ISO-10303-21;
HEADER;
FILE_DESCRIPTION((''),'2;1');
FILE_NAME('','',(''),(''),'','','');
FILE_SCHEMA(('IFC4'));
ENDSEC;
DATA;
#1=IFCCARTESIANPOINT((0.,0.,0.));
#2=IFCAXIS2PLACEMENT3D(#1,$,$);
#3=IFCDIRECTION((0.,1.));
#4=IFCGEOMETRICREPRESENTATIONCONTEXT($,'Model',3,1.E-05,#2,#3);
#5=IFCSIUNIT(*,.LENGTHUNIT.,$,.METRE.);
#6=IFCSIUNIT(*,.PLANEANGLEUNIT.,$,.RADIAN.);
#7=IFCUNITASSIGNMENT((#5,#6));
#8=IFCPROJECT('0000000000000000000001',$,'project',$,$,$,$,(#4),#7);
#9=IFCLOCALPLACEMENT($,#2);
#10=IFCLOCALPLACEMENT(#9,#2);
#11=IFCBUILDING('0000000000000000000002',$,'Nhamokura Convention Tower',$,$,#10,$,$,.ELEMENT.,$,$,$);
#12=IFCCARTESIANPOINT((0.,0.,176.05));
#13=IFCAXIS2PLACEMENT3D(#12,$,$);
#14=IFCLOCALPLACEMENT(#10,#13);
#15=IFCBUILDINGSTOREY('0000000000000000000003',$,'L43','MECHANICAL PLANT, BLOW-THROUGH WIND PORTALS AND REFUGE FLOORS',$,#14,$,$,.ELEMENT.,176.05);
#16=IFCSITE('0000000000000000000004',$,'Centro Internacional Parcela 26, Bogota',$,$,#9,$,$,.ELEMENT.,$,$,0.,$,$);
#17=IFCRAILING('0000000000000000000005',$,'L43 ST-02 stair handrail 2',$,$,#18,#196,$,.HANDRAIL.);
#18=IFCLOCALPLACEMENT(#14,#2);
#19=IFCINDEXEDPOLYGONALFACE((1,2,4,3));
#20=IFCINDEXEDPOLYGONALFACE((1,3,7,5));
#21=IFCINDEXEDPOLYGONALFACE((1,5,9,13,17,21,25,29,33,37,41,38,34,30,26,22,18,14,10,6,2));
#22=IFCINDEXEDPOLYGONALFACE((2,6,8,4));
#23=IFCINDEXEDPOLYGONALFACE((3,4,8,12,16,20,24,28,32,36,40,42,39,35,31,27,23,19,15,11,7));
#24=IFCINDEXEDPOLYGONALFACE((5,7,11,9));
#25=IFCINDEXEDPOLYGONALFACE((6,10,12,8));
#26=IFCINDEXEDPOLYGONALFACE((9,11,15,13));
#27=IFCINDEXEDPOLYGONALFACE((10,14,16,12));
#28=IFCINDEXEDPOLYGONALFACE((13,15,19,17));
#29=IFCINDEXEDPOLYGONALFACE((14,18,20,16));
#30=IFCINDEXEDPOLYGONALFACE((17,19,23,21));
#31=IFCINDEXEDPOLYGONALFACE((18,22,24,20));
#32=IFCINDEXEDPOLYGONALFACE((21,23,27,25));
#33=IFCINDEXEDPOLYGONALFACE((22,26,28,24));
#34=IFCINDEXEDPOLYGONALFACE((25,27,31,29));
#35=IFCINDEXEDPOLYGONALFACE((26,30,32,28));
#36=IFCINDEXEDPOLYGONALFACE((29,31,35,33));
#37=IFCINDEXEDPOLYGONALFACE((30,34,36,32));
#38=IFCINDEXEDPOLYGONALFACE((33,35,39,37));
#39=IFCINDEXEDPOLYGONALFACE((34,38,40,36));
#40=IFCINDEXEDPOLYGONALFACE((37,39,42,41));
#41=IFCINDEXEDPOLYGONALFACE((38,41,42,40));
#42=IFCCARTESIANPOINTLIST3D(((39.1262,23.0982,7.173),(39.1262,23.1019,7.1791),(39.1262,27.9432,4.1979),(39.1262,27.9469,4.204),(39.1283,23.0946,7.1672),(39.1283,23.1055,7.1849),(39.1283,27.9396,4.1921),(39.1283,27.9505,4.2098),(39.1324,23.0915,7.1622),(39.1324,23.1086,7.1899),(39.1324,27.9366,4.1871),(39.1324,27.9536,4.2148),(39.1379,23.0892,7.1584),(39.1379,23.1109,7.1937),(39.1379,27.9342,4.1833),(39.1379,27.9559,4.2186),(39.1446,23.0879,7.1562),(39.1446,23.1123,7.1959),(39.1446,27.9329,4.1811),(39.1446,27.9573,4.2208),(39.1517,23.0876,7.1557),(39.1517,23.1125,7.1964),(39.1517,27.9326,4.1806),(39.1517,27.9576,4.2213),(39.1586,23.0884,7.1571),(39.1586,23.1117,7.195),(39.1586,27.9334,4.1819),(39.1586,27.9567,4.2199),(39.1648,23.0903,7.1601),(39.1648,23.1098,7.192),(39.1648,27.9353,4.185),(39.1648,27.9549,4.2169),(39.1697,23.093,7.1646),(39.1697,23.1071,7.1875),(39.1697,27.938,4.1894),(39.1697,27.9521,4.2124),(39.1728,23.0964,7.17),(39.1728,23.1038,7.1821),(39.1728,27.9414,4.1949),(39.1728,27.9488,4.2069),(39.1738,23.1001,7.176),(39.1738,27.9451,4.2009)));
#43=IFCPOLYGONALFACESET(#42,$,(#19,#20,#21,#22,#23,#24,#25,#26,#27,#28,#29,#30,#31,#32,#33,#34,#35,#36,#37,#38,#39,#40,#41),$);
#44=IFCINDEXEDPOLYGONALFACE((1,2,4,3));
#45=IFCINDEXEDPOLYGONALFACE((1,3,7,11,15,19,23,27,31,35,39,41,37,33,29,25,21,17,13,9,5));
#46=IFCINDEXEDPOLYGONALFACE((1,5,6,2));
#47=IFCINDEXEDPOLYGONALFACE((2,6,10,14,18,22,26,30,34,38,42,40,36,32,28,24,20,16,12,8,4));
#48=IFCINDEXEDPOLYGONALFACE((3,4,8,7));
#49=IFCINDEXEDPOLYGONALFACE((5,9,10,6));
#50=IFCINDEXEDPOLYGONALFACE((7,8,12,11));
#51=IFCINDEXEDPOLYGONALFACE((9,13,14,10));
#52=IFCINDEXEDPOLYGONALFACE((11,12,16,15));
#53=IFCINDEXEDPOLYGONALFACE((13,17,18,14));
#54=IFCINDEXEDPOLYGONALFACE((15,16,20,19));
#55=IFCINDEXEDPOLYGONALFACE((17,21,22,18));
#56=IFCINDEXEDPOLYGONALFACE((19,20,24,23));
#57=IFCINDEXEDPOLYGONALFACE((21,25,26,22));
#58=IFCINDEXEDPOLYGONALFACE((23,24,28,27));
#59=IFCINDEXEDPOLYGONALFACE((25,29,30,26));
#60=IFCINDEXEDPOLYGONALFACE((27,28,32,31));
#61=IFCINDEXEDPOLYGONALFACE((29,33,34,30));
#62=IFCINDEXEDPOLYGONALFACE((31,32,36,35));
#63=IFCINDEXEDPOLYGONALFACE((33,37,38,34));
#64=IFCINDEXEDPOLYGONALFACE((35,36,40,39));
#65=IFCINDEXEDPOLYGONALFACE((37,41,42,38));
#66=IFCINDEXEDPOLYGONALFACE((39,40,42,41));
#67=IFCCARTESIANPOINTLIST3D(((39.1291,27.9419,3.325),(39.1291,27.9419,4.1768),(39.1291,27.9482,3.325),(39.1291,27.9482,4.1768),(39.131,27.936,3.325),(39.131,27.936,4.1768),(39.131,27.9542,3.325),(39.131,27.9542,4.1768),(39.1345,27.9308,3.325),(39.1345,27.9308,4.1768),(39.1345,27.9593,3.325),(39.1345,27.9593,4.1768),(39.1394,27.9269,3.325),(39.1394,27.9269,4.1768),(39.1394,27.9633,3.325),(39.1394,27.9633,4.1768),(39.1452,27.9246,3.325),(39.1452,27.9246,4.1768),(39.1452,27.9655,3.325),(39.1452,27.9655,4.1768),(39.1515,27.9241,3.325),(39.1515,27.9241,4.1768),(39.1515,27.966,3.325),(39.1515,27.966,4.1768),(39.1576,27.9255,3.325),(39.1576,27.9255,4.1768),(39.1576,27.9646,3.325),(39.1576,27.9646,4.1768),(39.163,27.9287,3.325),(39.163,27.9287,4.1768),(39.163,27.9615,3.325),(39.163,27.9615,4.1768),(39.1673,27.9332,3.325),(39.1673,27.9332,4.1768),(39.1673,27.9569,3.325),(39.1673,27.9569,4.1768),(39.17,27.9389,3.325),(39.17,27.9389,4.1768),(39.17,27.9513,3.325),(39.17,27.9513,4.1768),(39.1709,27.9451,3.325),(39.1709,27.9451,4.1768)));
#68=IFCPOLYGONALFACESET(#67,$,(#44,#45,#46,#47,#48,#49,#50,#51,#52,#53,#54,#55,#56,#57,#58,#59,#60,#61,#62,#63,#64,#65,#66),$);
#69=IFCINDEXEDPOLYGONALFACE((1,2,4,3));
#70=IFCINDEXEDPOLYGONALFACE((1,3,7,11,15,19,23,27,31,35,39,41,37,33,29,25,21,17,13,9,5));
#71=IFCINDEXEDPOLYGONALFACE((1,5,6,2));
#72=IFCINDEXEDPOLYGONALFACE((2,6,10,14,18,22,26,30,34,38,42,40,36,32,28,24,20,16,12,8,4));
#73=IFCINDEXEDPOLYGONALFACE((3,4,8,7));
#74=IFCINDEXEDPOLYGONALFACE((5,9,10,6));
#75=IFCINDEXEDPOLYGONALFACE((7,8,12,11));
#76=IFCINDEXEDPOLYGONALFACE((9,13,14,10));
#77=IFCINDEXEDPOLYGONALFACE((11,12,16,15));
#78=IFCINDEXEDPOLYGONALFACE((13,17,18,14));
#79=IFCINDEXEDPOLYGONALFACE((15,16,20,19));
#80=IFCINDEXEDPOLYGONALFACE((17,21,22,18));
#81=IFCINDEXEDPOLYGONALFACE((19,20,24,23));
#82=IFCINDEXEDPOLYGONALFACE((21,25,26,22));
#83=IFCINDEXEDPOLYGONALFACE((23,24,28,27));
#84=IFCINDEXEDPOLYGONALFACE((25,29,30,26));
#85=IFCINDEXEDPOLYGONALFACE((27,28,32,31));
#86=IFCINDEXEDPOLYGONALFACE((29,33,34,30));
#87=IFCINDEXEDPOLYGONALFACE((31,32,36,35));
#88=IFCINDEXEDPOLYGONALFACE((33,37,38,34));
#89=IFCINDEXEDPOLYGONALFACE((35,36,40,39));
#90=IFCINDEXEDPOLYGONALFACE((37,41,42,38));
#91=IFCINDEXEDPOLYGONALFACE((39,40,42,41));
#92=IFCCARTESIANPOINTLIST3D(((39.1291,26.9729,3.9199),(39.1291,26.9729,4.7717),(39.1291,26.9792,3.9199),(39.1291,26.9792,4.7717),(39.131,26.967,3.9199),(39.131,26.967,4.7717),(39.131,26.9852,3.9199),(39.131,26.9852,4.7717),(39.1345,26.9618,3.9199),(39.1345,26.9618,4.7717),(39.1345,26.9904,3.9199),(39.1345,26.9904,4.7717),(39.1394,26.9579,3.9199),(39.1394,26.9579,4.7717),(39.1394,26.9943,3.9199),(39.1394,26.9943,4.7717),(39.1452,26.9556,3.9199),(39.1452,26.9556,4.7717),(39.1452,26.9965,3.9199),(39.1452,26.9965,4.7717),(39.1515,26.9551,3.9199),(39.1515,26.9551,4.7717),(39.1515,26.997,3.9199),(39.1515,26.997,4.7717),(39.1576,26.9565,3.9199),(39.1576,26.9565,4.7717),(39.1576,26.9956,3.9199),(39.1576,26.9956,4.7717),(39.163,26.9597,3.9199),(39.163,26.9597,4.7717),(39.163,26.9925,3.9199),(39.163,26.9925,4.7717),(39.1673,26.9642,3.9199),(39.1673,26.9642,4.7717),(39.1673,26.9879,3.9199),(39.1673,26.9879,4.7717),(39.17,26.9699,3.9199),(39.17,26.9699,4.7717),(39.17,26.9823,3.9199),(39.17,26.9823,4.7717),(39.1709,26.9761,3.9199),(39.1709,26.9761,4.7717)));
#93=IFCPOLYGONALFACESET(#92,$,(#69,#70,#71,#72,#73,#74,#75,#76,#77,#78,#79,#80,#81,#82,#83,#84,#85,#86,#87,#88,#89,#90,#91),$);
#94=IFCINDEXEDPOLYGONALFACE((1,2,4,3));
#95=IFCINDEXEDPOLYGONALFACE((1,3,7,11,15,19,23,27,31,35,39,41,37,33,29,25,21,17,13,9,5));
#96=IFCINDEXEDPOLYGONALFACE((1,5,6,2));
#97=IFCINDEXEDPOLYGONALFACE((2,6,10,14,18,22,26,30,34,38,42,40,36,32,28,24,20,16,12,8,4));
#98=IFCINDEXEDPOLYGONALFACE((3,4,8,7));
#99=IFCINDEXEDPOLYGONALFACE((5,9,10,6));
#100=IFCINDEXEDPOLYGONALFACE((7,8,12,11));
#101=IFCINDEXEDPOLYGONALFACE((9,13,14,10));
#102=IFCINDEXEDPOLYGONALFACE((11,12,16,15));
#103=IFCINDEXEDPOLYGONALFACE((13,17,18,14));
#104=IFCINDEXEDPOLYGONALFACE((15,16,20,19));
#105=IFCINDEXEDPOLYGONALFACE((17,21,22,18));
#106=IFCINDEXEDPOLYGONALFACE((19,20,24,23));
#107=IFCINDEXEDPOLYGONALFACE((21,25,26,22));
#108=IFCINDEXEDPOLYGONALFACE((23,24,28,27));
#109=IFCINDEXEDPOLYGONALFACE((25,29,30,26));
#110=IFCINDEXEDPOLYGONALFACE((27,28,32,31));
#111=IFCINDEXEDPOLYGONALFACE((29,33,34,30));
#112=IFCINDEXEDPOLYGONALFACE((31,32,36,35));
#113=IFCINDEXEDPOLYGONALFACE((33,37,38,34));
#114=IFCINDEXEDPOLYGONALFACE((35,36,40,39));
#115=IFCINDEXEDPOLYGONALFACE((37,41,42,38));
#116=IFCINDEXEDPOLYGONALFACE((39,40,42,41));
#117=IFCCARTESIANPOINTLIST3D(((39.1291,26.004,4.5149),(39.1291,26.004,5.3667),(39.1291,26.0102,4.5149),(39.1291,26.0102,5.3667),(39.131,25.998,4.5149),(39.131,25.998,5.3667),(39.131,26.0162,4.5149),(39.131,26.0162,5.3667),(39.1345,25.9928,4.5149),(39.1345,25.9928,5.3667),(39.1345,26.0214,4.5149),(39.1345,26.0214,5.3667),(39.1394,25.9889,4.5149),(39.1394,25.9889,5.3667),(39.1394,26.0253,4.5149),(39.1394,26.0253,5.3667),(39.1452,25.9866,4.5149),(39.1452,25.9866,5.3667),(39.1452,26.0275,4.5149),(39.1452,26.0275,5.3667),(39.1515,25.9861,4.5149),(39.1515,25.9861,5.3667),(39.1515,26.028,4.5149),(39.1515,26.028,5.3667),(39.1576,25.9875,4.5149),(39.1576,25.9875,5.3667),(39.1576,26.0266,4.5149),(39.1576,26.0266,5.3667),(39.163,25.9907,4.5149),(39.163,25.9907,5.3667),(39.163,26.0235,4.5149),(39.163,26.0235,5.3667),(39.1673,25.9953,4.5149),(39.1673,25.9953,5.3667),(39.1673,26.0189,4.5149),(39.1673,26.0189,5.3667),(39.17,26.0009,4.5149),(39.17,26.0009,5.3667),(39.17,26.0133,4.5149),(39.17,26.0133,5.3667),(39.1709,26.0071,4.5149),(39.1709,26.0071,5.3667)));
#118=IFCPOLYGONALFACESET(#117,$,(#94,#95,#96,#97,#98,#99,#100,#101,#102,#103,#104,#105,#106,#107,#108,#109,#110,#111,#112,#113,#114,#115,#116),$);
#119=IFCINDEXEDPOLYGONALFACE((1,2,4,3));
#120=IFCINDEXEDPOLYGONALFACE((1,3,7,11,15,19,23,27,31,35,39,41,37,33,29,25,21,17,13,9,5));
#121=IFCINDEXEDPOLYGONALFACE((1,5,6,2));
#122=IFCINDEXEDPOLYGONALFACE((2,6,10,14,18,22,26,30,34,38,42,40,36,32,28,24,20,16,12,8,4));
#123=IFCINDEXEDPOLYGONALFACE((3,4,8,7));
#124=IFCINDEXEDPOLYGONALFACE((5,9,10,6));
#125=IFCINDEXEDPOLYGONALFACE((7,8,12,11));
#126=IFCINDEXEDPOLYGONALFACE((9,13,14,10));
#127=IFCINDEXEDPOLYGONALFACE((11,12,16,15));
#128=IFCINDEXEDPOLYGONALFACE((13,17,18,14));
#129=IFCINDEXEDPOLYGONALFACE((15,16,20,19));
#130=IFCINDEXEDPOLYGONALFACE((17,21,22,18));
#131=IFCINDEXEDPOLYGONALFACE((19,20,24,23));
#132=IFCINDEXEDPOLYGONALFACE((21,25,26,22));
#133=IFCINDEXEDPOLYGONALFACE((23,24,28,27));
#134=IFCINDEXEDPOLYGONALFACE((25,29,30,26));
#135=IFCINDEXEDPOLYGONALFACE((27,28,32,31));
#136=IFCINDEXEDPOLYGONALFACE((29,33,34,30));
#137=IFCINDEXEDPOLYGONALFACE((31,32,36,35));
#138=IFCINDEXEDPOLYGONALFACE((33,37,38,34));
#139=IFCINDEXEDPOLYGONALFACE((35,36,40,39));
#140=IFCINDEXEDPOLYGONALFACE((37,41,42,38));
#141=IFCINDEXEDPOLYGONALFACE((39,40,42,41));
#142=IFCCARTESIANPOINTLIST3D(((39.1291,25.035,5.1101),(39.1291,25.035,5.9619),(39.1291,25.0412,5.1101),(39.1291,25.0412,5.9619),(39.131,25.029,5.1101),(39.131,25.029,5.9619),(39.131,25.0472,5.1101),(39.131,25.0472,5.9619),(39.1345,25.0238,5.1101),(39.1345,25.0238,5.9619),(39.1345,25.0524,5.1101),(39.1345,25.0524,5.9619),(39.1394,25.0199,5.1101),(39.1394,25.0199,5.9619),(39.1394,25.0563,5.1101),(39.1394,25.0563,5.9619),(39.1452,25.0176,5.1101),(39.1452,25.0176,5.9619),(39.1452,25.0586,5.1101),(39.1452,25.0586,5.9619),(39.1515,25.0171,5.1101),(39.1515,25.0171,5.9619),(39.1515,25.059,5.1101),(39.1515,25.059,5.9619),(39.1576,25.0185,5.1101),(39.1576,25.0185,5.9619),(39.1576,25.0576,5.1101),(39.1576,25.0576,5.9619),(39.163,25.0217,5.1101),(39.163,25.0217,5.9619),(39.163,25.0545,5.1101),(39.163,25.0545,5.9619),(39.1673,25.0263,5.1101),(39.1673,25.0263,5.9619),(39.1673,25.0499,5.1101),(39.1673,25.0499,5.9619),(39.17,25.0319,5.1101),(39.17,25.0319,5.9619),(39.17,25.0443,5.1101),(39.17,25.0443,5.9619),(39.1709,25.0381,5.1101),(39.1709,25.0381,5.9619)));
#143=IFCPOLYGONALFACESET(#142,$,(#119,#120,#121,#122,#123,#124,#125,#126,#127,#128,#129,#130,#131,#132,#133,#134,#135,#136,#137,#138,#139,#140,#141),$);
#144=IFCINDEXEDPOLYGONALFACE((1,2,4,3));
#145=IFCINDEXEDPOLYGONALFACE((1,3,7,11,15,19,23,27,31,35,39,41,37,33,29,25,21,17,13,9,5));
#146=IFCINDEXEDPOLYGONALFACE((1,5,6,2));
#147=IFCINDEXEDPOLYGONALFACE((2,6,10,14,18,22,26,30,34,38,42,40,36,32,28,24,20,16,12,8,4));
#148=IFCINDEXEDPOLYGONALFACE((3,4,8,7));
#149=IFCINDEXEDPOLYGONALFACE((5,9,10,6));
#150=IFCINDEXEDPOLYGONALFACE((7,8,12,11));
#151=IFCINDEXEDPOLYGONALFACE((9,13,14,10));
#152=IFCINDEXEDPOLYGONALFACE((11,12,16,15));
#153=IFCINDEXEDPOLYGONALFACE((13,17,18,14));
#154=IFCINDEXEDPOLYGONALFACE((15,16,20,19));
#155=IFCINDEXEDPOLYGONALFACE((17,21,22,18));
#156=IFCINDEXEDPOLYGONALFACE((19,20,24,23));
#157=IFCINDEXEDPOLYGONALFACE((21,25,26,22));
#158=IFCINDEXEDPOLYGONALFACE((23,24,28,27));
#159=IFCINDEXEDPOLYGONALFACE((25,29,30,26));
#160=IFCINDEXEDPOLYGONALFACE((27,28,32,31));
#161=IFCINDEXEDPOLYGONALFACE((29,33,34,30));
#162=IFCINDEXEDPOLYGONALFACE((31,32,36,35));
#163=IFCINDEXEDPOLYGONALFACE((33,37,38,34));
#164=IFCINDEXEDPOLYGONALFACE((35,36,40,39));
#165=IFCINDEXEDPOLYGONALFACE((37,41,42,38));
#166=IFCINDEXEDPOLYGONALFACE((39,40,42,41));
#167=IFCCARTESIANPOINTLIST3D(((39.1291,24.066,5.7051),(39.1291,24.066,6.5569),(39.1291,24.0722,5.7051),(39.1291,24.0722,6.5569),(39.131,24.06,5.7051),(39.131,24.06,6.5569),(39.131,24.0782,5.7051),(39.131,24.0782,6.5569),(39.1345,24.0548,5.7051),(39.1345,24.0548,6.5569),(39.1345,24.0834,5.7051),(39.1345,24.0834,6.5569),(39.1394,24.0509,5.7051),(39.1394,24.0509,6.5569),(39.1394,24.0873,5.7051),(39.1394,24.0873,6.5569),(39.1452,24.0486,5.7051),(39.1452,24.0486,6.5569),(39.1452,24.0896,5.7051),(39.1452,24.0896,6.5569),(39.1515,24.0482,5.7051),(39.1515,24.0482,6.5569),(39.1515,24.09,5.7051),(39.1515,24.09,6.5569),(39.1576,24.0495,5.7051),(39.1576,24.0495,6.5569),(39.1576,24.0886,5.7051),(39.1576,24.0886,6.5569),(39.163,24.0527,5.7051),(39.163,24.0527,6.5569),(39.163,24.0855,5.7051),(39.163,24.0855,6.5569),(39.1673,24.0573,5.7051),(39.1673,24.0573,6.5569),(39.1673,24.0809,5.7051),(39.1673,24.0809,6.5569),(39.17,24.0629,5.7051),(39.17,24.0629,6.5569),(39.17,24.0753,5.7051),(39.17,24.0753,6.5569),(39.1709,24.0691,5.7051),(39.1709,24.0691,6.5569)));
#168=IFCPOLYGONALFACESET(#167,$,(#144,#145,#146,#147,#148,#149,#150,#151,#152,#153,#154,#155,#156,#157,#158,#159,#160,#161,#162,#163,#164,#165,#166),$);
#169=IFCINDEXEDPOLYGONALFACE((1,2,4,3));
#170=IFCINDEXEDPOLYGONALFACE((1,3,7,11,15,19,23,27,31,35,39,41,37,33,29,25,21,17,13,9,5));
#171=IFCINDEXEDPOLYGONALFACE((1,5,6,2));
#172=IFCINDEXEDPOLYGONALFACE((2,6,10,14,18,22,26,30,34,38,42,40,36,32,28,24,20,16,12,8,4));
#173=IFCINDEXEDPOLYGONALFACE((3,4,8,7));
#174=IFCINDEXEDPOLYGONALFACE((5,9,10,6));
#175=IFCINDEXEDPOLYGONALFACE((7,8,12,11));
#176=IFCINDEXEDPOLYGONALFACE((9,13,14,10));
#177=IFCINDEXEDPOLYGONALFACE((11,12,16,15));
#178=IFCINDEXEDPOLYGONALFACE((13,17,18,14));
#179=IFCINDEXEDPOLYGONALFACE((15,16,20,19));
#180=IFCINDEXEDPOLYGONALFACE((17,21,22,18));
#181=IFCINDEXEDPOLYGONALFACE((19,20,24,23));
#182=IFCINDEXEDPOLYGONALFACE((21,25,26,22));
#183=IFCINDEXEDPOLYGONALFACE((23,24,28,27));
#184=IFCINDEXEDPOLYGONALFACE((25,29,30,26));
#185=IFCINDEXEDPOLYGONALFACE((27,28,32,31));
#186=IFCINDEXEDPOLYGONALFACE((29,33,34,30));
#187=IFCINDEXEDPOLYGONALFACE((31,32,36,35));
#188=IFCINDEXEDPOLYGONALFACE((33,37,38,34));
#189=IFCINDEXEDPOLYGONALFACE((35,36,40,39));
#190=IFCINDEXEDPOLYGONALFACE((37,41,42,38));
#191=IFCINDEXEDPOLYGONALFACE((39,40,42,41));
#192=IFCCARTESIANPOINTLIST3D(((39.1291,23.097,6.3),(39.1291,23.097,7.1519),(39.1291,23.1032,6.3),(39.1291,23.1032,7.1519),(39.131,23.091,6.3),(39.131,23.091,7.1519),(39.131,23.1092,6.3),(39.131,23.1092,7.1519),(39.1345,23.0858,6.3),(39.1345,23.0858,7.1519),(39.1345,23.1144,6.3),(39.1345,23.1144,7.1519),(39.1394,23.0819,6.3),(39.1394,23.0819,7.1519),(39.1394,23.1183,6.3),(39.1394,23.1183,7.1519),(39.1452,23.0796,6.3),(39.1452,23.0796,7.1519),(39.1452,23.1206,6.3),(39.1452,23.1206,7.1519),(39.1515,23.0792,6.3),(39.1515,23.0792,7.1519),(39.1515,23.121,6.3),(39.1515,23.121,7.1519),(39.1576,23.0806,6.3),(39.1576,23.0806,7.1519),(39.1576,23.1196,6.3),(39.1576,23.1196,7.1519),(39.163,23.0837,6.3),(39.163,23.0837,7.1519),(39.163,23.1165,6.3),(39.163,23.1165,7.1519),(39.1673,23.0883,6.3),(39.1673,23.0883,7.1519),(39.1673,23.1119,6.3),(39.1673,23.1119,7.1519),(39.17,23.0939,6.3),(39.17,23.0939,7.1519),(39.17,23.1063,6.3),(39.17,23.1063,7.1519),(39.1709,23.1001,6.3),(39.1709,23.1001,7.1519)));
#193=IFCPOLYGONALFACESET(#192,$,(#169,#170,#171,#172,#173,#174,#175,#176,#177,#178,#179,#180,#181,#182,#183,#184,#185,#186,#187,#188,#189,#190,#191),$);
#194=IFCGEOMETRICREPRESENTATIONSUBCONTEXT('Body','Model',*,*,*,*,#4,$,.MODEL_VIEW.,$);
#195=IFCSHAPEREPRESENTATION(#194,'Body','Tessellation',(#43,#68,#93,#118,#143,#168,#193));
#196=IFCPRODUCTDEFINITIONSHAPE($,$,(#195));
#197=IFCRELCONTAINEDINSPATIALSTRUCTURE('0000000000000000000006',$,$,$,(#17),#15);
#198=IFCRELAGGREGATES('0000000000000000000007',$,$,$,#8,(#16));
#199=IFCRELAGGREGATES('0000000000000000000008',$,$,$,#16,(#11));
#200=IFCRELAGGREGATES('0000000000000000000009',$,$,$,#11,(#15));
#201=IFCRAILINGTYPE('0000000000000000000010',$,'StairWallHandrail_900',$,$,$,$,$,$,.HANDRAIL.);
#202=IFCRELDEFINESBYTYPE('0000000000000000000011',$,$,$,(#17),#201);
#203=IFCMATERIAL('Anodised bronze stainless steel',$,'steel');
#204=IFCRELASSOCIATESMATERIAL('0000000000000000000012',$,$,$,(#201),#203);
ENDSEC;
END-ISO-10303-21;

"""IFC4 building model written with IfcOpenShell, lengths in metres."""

from ifc_helpers import new_model, si_unit, direction, frame, origin, origin_2d, place, context, subcontext, project, spatial, circle, extrude, material, type_object, element, save


model = new_model("IFC4")

# Units and contexts
model_context = context("Model", 3, precision=1e-05, world=origin(), true_north=direction((0.0, 1.0)))
body_context = subcontext(model_context, "Body", "Model", "MODEL_VIEW")
ifc_project = project(units=[si_unit("LENGTHUNIT", "METRE"), si_unit("PLANEANGLEUNIT", "RADIAN")], contexts=[model_context])

# Site, building, storey
site_placement = place(None, origin())
site = spatial("IfcSite", under=ifc_project, at=site_placement, Name="Centro Internacional Parcela 26, Bogota", CompositionType="ELEMENT", RefElevation=0.0)
building_placement = place(site_placement, origin())
building = spatial("IfcBuilding", under=site, at=building_placement, Name="Nhamokura Convention Tower", CompositionType="ELEMENT")
storey_placement = place(building_placement, frame((0.0, 0.0, 176.05)))
storey = spatial("IfcBuildingStorey", under=building, at=storey_placement, Name="L43", Description="MECHANICAL PLANT, BLOW-THROUGH WIND PORTALS AND REFUGE FLOORS", CompositionType="ELEMENT", Elevation=176.05)

# Railing
ifc_material_1 = material(Name="Anodised bronze stainless steel", Category="steel")
railing_type_1 = type_object("IfcRailingType", Name="StairWallHandrail_900", PredefinedType="HANDRAIL", material=ifc_material_1)
railing_1_placement = place(storey_placement, frame((39.1499, 27.9451, 3.325)))
element("IfcRailing", 1, at=railing_1_placement, inside=storey, type_object=railing_type_1, Name="L43 ST-02 stair handrail 2", PredefinedType="HANDRAIL", context=body_context, shape_type="SweptSolid", body=[
    extrude(circle(Radius=0.0239, at=origin_2d()), frame((0.0, 0.0, 0.876), z_axis=(0.0, -0.852162, 0.523278), x_axis=(1.0, 0.0, 0.0)), (0.0, 0.0, 1.0), 5.6855),
    extrude(circle(Radius=0.021, at=origin_2d()), origin(), (0.0, 0.0, 1.0), 0.8518),
    extrude(circle(Radius=0.021, at=origin_2d()), frame((0.0, -0.969, 0.595)), (0.0, 0.0, 1.0), 0.8518),
    extrude(circle(Radius=0.021, at=origin_2d()), frame((0.0, -1.938, 1.1899)), (0.0, 0.0, 1.0), 0.8518),
    extrude(circle(Radius=0.021, at=origin_2d()), frame((0.0, -2.907, 1.7852)), (0.0, 0.0, 1.0), 0.8518),
    extrude(circle(Radius=0.021, at=origin_2d()), frame((0.0, -3.876, 2.3801)), (0.0, 0.0, 1.0), 0.8518),
    extrude(circle(Radius=0.021, at=origin_2d()), frame((0.0, -4.845, 2.9751)), (0.0, 0.0, 1.0), 0.8518),
])

save(model, "model.ifc")
